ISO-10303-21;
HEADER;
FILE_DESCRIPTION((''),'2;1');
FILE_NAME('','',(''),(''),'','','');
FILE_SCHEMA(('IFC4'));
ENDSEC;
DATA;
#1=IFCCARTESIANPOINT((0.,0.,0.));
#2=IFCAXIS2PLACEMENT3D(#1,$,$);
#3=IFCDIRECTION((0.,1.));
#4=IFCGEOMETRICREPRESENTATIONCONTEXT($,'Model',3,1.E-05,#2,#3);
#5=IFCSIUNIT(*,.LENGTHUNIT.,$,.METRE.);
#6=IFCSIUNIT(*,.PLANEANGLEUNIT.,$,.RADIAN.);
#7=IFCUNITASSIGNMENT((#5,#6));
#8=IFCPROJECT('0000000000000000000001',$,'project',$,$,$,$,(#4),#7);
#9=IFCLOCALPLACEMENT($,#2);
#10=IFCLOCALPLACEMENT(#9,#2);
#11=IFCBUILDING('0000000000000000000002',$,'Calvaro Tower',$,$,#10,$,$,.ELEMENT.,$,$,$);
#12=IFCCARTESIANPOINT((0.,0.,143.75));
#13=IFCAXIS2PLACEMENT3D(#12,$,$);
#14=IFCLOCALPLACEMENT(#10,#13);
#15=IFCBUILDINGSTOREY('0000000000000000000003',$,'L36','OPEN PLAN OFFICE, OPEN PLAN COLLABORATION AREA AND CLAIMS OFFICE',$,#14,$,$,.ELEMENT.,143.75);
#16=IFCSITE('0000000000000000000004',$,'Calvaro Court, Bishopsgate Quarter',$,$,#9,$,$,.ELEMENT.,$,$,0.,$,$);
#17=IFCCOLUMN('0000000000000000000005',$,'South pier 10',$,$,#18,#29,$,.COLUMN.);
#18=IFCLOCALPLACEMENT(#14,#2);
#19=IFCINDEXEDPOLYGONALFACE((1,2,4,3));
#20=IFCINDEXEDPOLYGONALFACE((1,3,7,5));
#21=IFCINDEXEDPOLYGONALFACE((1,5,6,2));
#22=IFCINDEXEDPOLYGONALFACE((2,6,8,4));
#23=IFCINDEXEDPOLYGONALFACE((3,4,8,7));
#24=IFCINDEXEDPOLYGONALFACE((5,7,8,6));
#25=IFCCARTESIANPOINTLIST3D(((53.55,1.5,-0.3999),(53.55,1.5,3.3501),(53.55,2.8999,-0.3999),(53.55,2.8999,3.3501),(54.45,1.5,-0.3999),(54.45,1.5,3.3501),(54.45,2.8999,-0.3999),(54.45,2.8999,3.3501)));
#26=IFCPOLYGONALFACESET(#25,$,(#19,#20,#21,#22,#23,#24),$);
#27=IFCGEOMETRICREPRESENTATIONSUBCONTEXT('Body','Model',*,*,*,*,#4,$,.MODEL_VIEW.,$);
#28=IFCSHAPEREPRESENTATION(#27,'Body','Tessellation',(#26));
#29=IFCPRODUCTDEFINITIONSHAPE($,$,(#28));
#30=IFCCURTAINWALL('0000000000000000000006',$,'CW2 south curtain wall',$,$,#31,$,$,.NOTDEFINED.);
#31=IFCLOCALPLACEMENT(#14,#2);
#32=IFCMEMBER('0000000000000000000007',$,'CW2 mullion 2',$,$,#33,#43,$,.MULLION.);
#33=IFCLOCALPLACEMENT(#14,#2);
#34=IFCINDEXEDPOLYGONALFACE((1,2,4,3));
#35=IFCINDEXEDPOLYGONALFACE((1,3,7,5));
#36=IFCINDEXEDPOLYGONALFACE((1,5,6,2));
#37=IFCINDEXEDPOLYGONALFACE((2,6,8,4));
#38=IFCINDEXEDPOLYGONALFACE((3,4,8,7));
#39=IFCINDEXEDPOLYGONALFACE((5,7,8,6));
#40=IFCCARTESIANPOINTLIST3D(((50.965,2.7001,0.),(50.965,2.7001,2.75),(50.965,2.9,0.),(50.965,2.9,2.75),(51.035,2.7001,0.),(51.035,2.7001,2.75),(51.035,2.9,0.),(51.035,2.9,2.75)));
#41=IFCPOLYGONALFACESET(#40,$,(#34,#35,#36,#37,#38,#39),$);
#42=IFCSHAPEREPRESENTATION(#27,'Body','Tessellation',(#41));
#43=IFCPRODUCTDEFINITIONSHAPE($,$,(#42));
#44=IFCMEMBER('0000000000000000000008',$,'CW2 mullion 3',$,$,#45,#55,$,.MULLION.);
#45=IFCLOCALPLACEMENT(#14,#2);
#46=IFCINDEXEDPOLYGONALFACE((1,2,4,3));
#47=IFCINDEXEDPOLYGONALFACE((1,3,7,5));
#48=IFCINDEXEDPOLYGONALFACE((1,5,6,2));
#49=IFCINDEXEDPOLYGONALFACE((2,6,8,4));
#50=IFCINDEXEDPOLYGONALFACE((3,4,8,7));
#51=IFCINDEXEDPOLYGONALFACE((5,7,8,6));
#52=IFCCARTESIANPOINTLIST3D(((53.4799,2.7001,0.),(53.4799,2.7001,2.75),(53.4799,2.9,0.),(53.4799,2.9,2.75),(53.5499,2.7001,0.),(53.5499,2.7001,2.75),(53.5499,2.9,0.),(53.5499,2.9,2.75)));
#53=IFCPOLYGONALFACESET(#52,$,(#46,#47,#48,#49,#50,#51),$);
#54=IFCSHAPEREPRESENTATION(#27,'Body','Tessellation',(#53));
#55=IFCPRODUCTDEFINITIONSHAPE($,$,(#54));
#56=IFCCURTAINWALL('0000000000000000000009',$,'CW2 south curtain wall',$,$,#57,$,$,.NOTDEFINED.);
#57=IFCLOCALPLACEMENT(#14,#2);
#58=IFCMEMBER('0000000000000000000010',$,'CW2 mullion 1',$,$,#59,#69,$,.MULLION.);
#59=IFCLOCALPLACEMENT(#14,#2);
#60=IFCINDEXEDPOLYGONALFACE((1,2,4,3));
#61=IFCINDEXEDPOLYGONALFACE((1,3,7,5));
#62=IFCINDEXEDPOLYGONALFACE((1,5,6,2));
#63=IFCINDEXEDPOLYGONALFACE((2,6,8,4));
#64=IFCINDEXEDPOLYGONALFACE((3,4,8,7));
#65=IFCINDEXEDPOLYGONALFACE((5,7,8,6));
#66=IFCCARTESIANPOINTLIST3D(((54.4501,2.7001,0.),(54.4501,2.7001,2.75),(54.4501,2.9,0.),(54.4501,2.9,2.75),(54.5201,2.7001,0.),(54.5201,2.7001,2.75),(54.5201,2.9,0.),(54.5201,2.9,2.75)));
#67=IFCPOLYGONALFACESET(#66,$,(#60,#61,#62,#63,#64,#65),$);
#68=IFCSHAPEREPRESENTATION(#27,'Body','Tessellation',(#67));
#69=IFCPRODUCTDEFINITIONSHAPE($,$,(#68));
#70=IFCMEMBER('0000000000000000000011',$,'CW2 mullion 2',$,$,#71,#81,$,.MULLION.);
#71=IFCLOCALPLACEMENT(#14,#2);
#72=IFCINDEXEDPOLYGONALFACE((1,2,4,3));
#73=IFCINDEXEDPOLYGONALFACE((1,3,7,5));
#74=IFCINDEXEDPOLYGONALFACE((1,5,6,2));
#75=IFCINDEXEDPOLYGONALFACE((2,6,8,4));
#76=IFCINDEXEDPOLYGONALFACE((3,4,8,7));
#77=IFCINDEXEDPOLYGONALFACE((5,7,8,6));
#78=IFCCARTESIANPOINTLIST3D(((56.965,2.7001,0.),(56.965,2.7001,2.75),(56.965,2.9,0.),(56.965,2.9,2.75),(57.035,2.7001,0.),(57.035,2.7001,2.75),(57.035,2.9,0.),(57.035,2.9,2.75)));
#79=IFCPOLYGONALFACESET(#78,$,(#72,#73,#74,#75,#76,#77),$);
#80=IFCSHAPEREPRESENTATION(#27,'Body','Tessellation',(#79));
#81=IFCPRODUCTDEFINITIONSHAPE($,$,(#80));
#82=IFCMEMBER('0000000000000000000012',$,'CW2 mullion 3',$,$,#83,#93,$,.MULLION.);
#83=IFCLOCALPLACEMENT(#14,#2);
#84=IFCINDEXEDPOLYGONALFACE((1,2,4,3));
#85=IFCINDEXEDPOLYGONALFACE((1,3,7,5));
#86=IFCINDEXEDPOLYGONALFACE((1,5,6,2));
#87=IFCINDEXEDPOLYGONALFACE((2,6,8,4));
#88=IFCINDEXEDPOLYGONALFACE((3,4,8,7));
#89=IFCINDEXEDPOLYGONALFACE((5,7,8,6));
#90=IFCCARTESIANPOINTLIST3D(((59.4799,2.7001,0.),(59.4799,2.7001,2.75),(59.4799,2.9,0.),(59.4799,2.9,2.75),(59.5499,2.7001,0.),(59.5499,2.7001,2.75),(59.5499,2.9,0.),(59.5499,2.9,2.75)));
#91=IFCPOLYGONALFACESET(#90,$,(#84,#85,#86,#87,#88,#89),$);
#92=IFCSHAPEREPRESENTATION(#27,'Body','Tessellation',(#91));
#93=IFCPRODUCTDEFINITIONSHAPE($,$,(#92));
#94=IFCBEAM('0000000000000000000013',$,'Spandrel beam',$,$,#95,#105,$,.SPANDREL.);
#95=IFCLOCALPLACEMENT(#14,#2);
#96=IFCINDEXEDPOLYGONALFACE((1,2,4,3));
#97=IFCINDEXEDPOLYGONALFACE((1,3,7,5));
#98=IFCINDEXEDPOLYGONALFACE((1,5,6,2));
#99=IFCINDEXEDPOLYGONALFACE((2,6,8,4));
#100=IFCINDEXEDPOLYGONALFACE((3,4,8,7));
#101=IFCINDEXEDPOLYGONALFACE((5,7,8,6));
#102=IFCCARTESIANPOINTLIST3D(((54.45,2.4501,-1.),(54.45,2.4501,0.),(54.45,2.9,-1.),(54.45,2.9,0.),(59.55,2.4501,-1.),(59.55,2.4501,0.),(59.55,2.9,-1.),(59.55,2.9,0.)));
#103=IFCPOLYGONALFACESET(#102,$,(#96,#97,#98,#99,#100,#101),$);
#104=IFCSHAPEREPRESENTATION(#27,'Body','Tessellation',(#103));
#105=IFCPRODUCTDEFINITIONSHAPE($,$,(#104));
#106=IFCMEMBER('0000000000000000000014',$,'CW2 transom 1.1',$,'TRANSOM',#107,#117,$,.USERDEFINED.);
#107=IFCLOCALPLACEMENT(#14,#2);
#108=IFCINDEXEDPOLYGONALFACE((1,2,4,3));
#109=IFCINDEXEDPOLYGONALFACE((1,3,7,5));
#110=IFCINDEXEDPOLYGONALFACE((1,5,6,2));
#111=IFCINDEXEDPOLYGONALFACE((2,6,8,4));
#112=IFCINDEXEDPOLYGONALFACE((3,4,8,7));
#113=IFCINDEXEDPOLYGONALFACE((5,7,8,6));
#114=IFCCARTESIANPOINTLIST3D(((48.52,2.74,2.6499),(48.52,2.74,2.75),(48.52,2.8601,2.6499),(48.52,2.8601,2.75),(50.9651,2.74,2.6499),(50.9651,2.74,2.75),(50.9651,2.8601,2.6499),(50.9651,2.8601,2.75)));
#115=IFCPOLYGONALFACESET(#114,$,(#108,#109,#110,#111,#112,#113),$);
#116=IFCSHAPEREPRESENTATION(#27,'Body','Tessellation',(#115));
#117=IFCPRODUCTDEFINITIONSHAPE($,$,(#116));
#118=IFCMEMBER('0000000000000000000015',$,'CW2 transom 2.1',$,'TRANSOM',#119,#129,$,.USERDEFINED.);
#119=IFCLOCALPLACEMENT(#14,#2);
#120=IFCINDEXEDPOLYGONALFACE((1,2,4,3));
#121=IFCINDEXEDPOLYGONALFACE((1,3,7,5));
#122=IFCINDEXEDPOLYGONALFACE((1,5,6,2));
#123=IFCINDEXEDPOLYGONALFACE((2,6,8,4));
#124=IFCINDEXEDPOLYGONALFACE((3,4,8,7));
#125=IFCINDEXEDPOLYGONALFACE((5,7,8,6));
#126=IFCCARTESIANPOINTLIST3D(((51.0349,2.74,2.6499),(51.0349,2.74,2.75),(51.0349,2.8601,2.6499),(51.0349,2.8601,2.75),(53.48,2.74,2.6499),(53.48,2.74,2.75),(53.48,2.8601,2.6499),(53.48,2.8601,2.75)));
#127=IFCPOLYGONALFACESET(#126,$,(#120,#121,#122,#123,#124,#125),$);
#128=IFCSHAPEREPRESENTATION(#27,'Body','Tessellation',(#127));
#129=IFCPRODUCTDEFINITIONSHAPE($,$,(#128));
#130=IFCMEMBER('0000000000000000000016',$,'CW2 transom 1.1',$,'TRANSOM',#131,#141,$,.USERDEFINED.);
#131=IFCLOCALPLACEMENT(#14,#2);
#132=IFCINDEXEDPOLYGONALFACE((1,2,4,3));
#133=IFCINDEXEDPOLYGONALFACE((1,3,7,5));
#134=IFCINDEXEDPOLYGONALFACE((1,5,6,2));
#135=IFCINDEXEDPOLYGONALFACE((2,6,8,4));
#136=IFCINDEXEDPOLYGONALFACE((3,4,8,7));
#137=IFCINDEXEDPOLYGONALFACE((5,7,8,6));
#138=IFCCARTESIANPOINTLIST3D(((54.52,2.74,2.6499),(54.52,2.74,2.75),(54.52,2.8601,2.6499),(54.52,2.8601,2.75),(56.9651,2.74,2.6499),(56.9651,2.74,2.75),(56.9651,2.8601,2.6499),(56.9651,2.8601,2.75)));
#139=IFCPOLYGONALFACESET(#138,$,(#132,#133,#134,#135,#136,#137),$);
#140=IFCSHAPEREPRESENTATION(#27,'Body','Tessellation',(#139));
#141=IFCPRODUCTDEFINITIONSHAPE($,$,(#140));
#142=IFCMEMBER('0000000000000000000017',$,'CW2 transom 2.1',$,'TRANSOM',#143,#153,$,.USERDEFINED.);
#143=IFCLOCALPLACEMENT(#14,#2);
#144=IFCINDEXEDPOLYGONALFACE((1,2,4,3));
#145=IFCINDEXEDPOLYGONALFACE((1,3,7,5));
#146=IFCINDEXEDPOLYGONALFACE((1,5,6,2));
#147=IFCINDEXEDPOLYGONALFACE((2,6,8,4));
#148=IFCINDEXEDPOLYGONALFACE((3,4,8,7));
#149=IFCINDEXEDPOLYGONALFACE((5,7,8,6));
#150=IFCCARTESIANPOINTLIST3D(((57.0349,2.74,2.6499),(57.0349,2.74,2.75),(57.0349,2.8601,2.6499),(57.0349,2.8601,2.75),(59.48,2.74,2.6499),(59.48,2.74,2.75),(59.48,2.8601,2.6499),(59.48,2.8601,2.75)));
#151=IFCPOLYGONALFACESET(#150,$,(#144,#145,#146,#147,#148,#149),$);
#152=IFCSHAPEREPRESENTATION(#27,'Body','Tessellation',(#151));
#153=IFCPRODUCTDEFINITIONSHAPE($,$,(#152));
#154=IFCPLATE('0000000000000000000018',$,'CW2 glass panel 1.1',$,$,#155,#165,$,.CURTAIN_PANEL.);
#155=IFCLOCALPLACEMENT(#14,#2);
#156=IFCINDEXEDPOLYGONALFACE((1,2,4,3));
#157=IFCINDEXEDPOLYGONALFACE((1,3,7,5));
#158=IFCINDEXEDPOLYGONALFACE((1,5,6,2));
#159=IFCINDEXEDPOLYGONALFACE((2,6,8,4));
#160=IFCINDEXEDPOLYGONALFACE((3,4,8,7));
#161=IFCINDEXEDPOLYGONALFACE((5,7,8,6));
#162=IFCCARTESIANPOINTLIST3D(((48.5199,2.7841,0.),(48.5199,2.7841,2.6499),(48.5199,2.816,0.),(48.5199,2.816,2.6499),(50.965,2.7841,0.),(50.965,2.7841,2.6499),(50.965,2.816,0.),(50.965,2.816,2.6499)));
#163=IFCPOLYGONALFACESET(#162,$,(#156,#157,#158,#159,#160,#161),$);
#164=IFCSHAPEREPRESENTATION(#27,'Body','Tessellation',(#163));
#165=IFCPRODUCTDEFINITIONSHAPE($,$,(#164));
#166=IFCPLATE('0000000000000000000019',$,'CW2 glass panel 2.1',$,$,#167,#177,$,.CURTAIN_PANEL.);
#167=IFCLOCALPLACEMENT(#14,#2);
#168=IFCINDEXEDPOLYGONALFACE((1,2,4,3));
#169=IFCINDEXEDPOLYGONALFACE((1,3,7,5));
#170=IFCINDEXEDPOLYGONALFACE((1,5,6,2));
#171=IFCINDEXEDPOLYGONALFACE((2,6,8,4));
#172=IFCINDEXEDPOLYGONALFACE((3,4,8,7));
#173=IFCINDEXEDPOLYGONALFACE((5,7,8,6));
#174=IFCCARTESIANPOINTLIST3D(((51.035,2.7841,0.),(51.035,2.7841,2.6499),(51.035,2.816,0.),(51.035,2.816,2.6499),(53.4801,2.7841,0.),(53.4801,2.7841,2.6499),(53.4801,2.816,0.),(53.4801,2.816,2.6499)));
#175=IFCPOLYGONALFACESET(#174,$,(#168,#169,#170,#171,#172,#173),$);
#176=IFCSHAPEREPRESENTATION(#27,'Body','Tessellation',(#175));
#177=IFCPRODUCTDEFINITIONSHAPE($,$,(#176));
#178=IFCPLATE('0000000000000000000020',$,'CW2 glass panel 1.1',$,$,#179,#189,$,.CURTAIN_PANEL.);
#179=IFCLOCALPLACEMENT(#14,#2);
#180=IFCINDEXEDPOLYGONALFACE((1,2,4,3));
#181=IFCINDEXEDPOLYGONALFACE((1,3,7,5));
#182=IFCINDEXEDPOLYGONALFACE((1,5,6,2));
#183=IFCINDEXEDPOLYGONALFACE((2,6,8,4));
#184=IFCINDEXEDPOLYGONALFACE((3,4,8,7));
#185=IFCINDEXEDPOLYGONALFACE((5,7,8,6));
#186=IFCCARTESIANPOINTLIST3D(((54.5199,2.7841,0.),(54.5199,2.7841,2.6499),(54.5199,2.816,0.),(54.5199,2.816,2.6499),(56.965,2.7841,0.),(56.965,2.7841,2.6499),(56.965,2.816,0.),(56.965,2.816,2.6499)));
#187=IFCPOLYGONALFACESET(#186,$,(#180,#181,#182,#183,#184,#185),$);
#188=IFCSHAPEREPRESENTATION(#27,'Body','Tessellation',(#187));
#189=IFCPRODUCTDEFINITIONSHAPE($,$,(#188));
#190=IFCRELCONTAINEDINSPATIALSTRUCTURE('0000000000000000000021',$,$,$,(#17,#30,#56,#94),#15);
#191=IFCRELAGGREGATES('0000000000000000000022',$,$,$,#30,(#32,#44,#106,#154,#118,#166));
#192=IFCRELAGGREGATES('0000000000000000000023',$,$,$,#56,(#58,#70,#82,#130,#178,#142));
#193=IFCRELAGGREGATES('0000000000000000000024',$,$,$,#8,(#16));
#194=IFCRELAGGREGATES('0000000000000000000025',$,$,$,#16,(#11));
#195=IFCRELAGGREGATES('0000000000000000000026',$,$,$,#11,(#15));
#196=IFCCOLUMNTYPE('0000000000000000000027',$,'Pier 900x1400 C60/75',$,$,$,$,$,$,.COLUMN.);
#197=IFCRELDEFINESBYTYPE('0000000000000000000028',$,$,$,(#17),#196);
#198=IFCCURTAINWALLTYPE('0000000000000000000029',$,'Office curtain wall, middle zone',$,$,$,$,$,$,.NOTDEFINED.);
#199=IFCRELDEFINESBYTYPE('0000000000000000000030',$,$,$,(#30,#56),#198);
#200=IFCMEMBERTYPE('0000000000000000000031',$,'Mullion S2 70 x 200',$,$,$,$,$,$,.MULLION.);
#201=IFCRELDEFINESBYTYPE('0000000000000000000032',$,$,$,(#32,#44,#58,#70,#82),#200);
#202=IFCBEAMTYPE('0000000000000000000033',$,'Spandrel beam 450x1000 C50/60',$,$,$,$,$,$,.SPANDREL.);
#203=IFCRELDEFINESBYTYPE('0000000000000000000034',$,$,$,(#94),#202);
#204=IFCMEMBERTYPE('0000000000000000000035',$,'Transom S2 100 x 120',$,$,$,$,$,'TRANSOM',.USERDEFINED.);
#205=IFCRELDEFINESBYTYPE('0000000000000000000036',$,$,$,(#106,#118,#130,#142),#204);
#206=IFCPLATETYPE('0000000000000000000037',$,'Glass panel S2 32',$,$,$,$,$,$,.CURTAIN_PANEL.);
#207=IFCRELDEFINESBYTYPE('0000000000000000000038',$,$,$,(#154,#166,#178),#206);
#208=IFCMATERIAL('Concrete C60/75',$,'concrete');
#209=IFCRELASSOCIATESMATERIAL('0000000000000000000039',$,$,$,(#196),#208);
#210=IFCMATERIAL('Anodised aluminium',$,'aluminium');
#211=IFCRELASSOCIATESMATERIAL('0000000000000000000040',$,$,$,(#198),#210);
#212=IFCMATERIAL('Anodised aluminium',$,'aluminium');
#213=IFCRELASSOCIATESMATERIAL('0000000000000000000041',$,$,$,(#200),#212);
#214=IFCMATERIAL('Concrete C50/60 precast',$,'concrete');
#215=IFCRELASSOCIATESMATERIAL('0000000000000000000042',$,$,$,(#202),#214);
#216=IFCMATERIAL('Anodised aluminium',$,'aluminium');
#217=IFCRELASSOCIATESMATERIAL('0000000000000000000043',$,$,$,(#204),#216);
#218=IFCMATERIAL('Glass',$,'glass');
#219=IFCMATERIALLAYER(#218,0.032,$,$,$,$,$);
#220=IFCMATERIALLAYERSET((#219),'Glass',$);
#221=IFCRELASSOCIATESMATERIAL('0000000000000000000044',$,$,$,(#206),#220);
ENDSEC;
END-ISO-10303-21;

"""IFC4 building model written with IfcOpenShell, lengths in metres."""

from ifc_helpers import new_model, si_unit, direction, frame, origin, origin_2d, place, context, subcontext, project, spatial, rectangle, extrude, material, layer, layer_set, material_profile, profile_set, type_object, element, aggregate, save


model = new_model("IFC4")

# Units and contexts
model_context = context("Model", 3, precision=1e-05, world=origin(), true_north=direction((0.0, 1.0)))
body_context = subcontext(model_context, "Body", "Model", "MODEL_VIEW")
ifc_project = project(units=[si_unit("LENGTHUNIT", "METRE"), si_unit("PLANEANGLEUNIT", "RADIAN")], contexts=[model_context])

# Site, building, storey
site_placement = place(None, origin())
site = spatial("IfcSite", under=ifc_project, at=site_placement, Name="Calvaro Court, Bishopsgate Quarter", CompositionType="ELEMENT", RefElevation=0.0)
building_placement = place(site_placement, origin())
building = spatial("IfcBuilding", under=site, at=building_placement, Name="Calvaro Tower", CompositionType="ELEMENT")
storey_placement = place(building_placement, frame((0.0, 0.0, 143.75)))
storey = spatial("IfcBuildingStorey", under=building, at=storey_placement, Name="L36", Description="OPEN PLAN OFFICE, OPEN PLAN COLLABORATION AREA AND CLAIMS OFFICE", CompositionType="ELEMENT", Elevation=143.75)

# Column
ifc_material_1 = material(Name="Concrete C60/75", Category="concrete")
ifc_material_profile_1 = material_profile(ifc_material_1, rectangle(XDim=0.8999, YDim=1.3999, at=origin_2d()), Name="RC 900x1400")
ifc_profile_set_1 = profile_set([ifc_material_profile_1], Name="Concrete C60/75")
column_type = type_object("IfcColumnType", Name="Pier 900x1400 C60/75", PredefinedType="COLUMN", material=ifc_profile_set_1)
column_placement = place(storey_placement, frame((54.0, 2.2, -0.3999), z_axis=(0.0, 0.0, 1.0), x_axis=(1.0, 0.0, 0.0)))
element("IfcColumn", 1, at=column_placement, inside=storey, type_object=column_type, Name="South pier 10", PredefinedType="COLUMN", context=body_context, shape_type="SweptSolid", body=[
    extrude(rectangle(XDim=0.8999, YDim=1.3999, at=origin_2d()), origin(), (0.0, 0.0, 1.0), 3.75),
])

# Curtain walls, members
ifc_material_2 = material(Name="Anodised aluminium", Category="aluminium")
curtain_wall_type = type_object("IfcCurtainWallType", Name="Office curtain wall, middle zone", PredefinedType="NOTDEFINED", material=ifc_material_2)
curtain_wall_1_placement = place(storey_placement, origin())
curtain_wall_1 = element("IfcCurtainWall", 2, at=curtain_wall_1_placement, inside=storey, type_object=curtain_wall_type, Name="CW2 south curtain wall", PredefinedType="NOTDEFINED")
ifc_material_3 = material(Name="Anodised aluminium", Category="aluminium")
ifc_material_profile_2 = material_profile(ifc_material_3, rectangle(XDim=0.2, YDim=0.0701, at=origin_2d()), Name="Mullion S2 70 x 200")
ifc_profile_set_2 = profile_set([ifc_material_profile_2], Name="Anodised aluminium")
member_type_1 = type_object("IfcMemberType", Name="Mullion S2 70 x 200", PredefinedType="MULLION", material=ifc_profile_set_2)
member_1_placement = place(storey_placement, frame((51.0, 2.8, 0.0), z_axis=(0.0, 0.0, 1.0), x_axis=(0.0, 1.0, 0.0)))
member_1 = element("IfcMember", 3, at=member_1_placement, type_object=member_type_1, Name="CW2 mullion 2", PredefinedType="MULLION", context=body_context, shape_type="SweptSolid", body=[
    extrude(rectangle(XDim=0.2, YDim=0.0701, at=origin_2d()), origin(), (0.0, 0.0, 1.0), 2.75),
])
member_2_placement = place(storey_placement, frame((53.5149, 2.8, 0.0), z_axis=(0.0, 0.0, 1.0), x_axis=(0.0, 1.0, 0.0)))
member_2 = element("IfcMember", 4, at=member_2_placement, type_object=member_type_1, Name="CW2 mullion 3", PredefinedType="MULLION", context=body_context, shape_type="SweptSolid", body=[
    extrude(rectangle(XDim=0.2, YDim=0.0701, at=origin_2d()), origin(), (0.0, 0.0, 1.0), 2.75),
])
curtain_wall_2_placement = place(storey_placement, origin())
curtain_wall_2 = element("IfcCurtainWall", 5, at=curtain_wall_2_placement, inside=storey, type_object=curtain_wall_type, Name="CW2 south curtain wall", PredefinedType="NOTDEFINED")
member_3_placement = place(storey_placement, frame((54.4851, 2.8, 0.0), z_axis=(0.0, 0.0, 1.0), x_axis=(0.0, 1.0, 0.0)))
member_3 = element("IfcMember", 6, at=member_3_placement, type_object=member_type_1, Name="CW2 mullion 1", PredefinedType="MULLION", context=body_context, shape_type="SweptSolid", body=[
    extrude(rectangle(XDim=0.2, YDim=0.0701, at=origin_2d()), origin(), (0.0, 0.0, 1.0), 2.75),
])
member_4_placement = place(storey_placement, frame((57.0, 2.8, 0.0), z_axis=(0.0, 0.0, 1.0), x_axis=(0.0, 1.0, 0.0)))
member_4 = element("IfcMember", 7, at=member_4_placement, type_object=member_type_1, Name="CW2 mullion 2", PredefinedType="MULLION", context=body_context, shape_type="SweptSolid", body=[
    extrude(rectangle(XDim=0.2, YDim=0.0701, at=origin_2d()), origin(), (0.0, 0.0, 1.0), 2.75),
])
member_5_placement = place(storey_placement, frame((59.5149, 2.8, 0.0), z_axis=(0.0, 0.0, 1.0), x_axis=(0.0, 1.0, 0.0)))
member_5 = element("IfcMember", 8, at=member_5_placement, type_object=member_type_1, Name="CW2 mullion 3", PredefinedType="MULLION", context=body_context, shape_type="SweptSolid", body=[
    extrude(rectangle(XDim=0.2, YDim=0.0701, at=origin_2d()), origin(), (0.0, 0.0, 1.0), 2.75),
])

# Beam
ifc_material_4 = material(Name="Concrete C50/60 precast", Category="concrete")
ifc_material_profile_3 = material_profile(ifc_material_4, rectangle(XDim=0.45, YDim=1.0, at=origin_2d()), Name="RC 450x1000")
ifc_profile_set_3 = profile_set([ifc_material_profile_3], Name="Concrete C50/60 precast")
beam_type = type_object("IfcBeamType", Name="Spandrel beam 450x1000 C50/60", PredefinedType="SPANDREL", material=ifc_profile_set_3)
beam_placement = place(storey_placement, frame((54.45, 2.675, -0.5), z_axis=(1.0, 0.0, 0.0), x_axis=(0.0, 1.0, 0.0)))
element("IfcBeam", 9, at=beam_placement, inside=storey, type_object=beam_type, Name="Spandrel beam", PredefinedType="SPANDREL", context=body_context, shape_type="SweptSolid", body=[
    extrude(rectangle(XDim=0.45, YDim=1.0, at=origin_2d()), origin(), (0.0, 0.0, 1.0), 5.1001),
])

# Members
ifc_material_5 = material(Name="Anodised aluminium", Category="aluminium")
ifc_material_profile_4 = material_profile(ifc_material_5, rectangle(XDim=0.1201, YDim=0.1001, at=origin_2d()), Name="Transom S2 100 x 120")
ifc_profile_set_4 = profile_set([ifc_material_profile_4], Name="Anodised aluminium")
member_type_2 = type_object("IfcMemberType", Name="Transom S2 100 x 120", ElementType="TRANSOM", PredefinedType="USERDEFINED", material=ifc_profile_set_4)
member_6_placement = place(storey_placement, frame((48.52, 2.8, 2.7), z_axis=(1.0, 0.0, 0.0), x_axis=(0.0, 1.0, 0.0)))
member_6 = element("IfcMember", 10, at=member_6_placement, type_object=member_type_2, Name="CW2 transom 1.1", ObjectType="TRANSOM", PredefinedType="USERDEFINED", context=body_context, shape_type="SweptSolid", body=[
    extrude(rectangle(XDim=0.1201, YDim=0.1001, at=origin_2d()), origin(), (0.0, 0.0, 1.0), 2.4451),
])
member_7_placement = place(storey_placement, frame((51.0349, 2.8, 2.7), z_axis=(1.0, 0.0, 0.0), x_axis=(0.0, 1.0, 0.0)))
member_7 = element("IfcMember", 11, at=member_7_placement, type_object=member_type_2, Name="CW2 transom 2.1", ObjectType="TRANSOM", PredefinedType="USERDEFINED", context=body_context, shape_type="SweptSolid", body=[
    extrude(rectangle(XDim=0.1201, YDim=0.1001, at=origin_2d()), origin(), (0.0, 0.0, 1.0), 2.4451),
])
member_8_placement = place(storey_placement, frame((54.52, 2.8, 2.7), z_axis=(1.0, 0.0, 0.0), x_axis=(0.0, 1.0, 0.0)))
member_8 = element("IfcMember", 12, at=member_8_placement, type_object=member_type_2, Name="CW2 transom 1.1", ObjectType="TRANSOM", PredefinedType="USERDEFINED", context=body_context, shape_type="SweptSolid", body=[
    extrude(rectangle(XDim=0.1201, YDim=0.1001, at=origin_2d()), origin(), (0.0, 0.0, 1.0), 2.4451),
])
member_9_placement = place(storey_placement, frame((57.0349, 2.8, 2.7), z_axis=(1.0, 0.0, 0.0), x_axis=(0.0, 1.0, 0.0)))
member_9 = element("IfcMember", 13, at=member_9_placement, type_object=member_type_2, Name="CW2 transom 2.1", ObjectType="TRANSOM", PredefinedType="USERDEFINED", context=body_context, shape_type="SweptSolid", body=[
    extrude(rectangle(XDim=0.1201, YDim=0.1001, at=origin_2d()), origin(), (0.0, 0.0, 1.0), 2.4451),
])

# Plates
ifc_material_6 = material(Name="Glass", Category="glass")
ifc_layer = layer(ifc_material_6, 0.032)
ifc_layer_set = layer_set([ifc_layer], Name="Glass")
plate_type = type_object("IfcPlateType", Name="Glass panel S2 32", PredefinedType="CURTAIN_PANEL", material=ifc_layer_set)
plate_1_placement = place(storey_placement, frame((49.7424, 2.8, 0.0), z_axis=(0.0, 0.0, 1.0), x_axis=(1.0, 0.0, 0.0)))
plate_1 = element("IfcPlate", 14, at=plate_1_placement, type_object=plate_type, Name="CW2 glass panel 1.1", PredefinedType="CURTAIN_PANEL", context=body_context, shape_type="SweptSolid", body=[
    extrude(rectangle(XDim=2.4451, YDim=0.032, at=origin_2d()), origin(), (0.0, 0.0, 1.0), 2.6499),
])
plate_2_placement = place(storey_placement, frame((52.2576, 2.8, 0.0), z_axis=(0.0, 0.0, 1.0), x_axis=(1.0, 0.0, 0.0)))
plate_2 = element("IfcPlate", 15, at=plate_2_placement, type_object=plate_type, Name="CW2 glass panel 2.1", PredefinedType="CURTAIN_PANEL", context=body_context, shape_type="SweptSolid", body=[
    extrude(rectangle(XDim=2.4451, YDim=0.032, at=origin_2d()), origin(), (0.0, 0.0, 1.0), 2.6499),
])
aggregate(curtain_wall_1, [member_1, member_2, member_6, plate_1, member_7, plate_2])
plate_3_placement = place(storey_placement, frame((55.7424, 2.8, 0.0), z_axis=(0.0, 0.0, 1.0), x_axis=(1.0, 0.0, 0.0)))
plate_3 = element("IfcPlate", 16, at=plate_3_placement, type_object=plate_type, Name="CW2 glass panel 1.1", PredefinedType="CURTAIN_PANEL", context=body_context, shape_type="SweptSolid", body=[
    extrude(rectangle(XDim=2.4451, YDim=0.032, at=origin_2d()), origin(), (0.0, 0.0, 1.0), 2.6499),
])
aggregate(curtain_wall_2, [member_3, member_4, member_5, member_8, plate_3, member_9])

save(model, "model.ifc")
